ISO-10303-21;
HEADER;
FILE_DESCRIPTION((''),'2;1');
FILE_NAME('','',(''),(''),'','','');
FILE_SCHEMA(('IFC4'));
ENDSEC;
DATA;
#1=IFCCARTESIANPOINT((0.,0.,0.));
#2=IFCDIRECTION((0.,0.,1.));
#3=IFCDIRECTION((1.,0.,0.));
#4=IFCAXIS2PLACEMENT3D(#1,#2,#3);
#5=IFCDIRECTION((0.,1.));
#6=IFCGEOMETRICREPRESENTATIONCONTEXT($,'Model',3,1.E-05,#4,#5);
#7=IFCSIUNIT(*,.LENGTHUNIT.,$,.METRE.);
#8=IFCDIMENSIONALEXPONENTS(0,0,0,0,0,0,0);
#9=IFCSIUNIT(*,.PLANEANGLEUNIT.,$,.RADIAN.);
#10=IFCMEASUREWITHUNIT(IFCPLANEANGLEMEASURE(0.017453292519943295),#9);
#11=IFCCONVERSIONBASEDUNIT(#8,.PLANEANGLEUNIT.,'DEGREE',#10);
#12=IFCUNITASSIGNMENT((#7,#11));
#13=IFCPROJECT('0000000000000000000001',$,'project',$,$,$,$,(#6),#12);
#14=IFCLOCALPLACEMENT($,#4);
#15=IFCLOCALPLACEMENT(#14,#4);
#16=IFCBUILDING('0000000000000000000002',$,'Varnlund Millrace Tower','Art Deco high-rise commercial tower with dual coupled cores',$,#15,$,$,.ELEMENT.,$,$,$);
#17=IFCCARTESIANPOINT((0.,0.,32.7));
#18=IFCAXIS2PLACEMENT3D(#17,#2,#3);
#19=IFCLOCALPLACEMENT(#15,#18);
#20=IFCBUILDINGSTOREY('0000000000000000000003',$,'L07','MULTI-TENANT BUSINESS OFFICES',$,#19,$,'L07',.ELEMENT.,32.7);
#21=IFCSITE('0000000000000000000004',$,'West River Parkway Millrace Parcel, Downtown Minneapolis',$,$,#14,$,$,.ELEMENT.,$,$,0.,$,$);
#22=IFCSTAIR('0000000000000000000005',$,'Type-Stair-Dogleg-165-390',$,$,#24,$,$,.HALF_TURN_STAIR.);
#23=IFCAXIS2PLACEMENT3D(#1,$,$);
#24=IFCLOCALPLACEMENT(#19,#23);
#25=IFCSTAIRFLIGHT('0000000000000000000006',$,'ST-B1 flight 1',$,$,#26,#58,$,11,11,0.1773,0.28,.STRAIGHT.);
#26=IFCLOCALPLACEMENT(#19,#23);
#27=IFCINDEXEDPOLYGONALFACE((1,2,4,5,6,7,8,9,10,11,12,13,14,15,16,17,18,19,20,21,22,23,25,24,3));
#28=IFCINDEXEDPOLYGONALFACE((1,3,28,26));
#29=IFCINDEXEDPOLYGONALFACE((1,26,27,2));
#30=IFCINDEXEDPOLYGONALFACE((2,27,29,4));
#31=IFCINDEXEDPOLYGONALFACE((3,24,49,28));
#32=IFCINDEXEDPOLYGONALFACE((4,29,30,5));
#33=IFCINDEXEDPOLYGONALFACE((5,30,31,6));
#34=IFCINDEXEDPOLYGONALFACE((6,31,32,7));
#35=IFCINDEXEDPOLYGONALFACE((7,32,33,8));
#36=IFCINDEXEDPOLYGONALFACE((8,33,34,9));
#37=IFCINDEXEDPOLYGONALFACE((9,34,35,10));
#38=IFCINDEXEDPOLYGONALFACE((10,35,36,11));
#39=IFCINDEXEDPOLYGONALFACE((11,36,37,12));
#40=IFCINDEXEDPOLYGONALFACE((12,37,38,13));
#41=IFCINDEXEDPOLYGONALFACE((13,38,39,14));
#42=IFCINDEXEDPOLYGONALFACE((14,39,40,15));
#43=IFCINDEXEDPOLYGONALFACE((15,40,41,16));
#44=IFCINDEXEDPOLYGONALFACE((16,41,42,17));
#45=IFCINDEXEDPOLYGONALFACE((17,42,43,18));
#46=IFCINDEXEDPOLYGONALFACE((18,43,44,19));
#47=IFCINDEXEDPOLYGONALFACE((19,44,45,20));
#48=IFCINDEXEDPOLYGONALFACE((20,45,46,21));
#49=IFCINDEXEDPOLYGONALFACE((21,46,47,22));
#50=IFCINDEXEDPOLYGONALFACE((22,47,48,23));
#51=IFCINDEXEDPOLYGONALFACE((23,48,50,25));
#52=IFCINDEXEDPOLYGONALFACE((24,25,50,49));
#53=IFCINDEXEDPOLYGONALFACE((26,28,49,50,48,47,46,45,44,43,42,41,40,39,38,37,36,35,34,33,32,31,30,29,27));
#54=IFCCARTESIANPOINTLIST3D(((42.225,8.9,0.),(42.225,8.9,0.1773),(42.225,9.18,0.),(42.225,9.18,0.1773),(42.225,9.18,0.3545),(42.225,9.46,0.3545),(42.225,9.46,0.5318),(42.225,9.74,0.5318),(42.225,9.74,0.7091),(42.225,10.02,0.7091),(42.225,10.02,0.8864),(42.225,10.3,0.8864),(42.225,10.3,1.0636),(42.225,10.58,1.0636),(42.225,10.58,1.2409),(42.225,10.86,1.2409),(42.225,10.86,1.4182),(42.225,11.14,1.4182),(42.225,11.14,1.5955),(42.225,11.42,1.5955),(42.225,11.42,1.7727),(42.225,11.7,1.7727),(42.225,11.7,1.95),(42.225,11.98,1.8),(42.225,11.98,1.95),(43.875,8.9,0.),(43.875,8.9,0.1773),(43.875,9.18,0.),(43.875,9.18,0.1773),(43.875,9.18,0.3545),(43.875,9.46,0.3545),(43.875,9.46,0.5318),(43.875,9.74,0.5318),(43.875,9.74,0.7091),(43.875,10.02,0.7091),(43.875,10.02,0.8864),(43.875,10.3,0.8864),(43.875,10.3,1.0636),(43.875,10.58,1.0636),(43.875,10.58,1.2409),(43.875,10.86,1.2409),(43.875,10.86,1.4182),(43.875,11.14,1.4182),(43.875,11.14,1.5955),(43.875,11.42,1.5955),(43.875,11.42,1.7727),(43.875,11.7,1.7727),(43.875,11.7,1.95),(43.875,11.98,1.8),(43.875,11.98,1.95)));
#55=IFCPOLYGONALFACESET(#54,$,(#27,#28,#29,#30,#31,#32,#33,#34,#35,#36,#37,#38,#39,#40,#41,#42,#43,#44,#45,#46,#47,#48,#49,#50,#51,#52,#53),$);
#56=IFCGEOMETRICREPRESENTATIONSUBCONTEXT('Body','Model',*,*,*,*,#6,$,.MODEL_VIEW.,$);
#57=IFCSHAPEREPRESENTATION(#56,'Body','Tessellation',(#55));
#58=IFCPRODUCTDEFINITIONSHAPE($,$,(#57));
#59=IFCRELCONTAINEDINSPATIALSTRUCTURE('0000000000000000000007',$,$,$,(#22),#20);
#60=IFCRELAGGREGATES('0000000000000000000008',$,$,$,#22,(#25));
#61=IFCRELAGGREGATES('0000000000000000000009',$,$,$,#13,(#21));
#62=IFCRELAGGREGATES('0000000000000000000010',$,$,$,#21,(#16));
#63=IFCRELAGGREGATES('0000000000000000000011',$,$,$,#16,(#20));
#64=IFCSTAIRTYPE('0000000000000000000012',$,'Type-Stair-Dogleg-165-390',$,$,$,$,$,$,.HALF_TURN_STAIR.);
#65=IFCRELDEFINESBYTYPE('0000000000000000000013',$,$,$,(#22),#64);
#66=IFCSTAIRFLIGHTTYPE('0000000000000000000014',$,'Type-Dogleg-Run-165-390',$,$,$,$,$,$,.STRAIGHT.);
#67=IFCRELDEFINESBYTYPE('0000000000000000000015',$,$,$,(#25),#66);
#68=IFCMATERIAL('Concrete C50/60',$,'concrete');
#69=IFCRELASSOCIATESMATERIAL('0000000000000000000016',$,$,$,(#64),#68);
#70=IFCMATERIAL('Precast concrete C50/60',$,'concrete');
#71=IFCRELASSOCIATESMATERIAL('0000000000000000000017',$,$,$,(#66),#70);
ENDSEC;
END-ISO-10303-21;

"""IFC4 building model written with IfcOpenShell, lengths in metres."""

from ifc_helpers import new_model, entity, si_unit, converted_unit, direction, frame, origin_with_axes, place, context, subcontext, project, spatial, polyline, outline, extrude, material, type_object, element, aggregate, save


model = new_model("IFC4")

# Units and contexts
model_context = context("Model", 3, precision=1e-05, world=origin_with_axes(), true_north=direction((0.0, 1.0)))
body_context = subcontext(model_context, "Body", "Model", "MODEL_VIEW")
ifc_project = project(units=[si_unit("LENGTHUNIT", "METRE"), converted_unit("PLANEANGLEUNIT", "DEGREE", entity("IfcPlaneAngleMeasure", 0.017453292519943295), si_unit("PLANEANGLEUNIT", "RADIAN"), dimensions=[0, 0, 0, 0, 0, 0, 0])], contexts=[model_context])

# Site, building, storey
site_placement = place(None, origin_with_axes())
site = spatial("IfcSite", under=ifc_project, at=site_placement, Name="West River Parkway Millrace Parcel, Downtown Minneapolis", CompositionType="ELEMENT", RefElevation=0.0)
building_placement = place(site_placement, origin_with_axes())
building = spatial("IfcBuilding", under=site, at=building_placement, Name="Varnlund Millrace Tower", Description="Art Deco high-rise commercial tower with dual coupled cores", CompositionType="ELEMENT")
storey_placement = place(building_placement, frame((0.0, 0.0, 32.7), z_axis=(0.0, 0.0, 1.0), x_axis=(1.0, 0.0, 0.0)))
storey = spatial("IfcBuildingStorey", under=building, at=storey_placement, Name="L07", Description="MULTI-TENANT BUSINESS OFFICES", LongName="L07", CompositionType="ELEMENT", Elevation=32.7)

# Stair, stair flight
ifc_material_1 = material(Name="Concrete C50/60", Category="concrete")
stair_type = type_object("IfcStairType", Name="Type-Stair-Dogleg-165-390", PredefinedType="HALF_TURN_STAIR", material=ifc_material_1)
stair_placement = place(storey_placement, origin_with_axes())
stair = element("IfcStair", 1, at=stair_placement, inside=storey, type_object=stair_type, Name="Type-Stair-Dogleg-165-390", PredefinedType="HALF_TURN_STAIR")
ifc_material_2 = material(Name="Precast concrete C50/60", Category="concrete")
stair_flight_type = type_object("IfcStairFlightType", Name="Type-Dogleg-Run-165-390", PredefinedType="STRAIGHT", material=ifc_material_2)
stair_flight_placement = place(storey_placement, frame((42.225, 8.9, 0.0), z_axis=(1.0, 0.0, 0.0), x_axis=(0.0, 1.0, 0.0)))
stair_flight = element("IfcStairFlight", 2, at=stair_flight_placement, type_object=stair_flight_type, Name="ST-B1 flight 1", NumberOfRisers=11, NumberOfTreads=11, PredefinedType="STRAIGHT", RiserHeight=0.1773, TreadLength=0.28, context=body_context, shape_type="SweptSolid", body=[
    extrude(outline(polyline([(0.0, 0.0), (0.0, 0.1773), (0.28, 0.1773), (0.28, 0.3545), (0.56, 0.3545), (0.56, 0.5318), (0.84, 0.5318), (0.84, 0.7091), (1.12, 0.7091), (1.12, 0.8864), (1.4, 0.8864), (1.4, 1.0636), (1.68, 1.0636), (1.68, 1.2409), (1.96, 1.2409), (1.96, 1.4182), (2.24, 1.4182), (2.24, 1.5955), (2.52, 1.5955), (2.52, 1.7727), (2.8, 1.7727), (2.8, 1.95), (3.08, 1.95), (3.08, 1.8), (0.28, 0.0), (0.0, 0.0)])), origin_with_axes(), (0.0, 0.0, 1.0), 1.65),
])
aggregate(stair, [stair_flight])

save(model, "model.ifc")
